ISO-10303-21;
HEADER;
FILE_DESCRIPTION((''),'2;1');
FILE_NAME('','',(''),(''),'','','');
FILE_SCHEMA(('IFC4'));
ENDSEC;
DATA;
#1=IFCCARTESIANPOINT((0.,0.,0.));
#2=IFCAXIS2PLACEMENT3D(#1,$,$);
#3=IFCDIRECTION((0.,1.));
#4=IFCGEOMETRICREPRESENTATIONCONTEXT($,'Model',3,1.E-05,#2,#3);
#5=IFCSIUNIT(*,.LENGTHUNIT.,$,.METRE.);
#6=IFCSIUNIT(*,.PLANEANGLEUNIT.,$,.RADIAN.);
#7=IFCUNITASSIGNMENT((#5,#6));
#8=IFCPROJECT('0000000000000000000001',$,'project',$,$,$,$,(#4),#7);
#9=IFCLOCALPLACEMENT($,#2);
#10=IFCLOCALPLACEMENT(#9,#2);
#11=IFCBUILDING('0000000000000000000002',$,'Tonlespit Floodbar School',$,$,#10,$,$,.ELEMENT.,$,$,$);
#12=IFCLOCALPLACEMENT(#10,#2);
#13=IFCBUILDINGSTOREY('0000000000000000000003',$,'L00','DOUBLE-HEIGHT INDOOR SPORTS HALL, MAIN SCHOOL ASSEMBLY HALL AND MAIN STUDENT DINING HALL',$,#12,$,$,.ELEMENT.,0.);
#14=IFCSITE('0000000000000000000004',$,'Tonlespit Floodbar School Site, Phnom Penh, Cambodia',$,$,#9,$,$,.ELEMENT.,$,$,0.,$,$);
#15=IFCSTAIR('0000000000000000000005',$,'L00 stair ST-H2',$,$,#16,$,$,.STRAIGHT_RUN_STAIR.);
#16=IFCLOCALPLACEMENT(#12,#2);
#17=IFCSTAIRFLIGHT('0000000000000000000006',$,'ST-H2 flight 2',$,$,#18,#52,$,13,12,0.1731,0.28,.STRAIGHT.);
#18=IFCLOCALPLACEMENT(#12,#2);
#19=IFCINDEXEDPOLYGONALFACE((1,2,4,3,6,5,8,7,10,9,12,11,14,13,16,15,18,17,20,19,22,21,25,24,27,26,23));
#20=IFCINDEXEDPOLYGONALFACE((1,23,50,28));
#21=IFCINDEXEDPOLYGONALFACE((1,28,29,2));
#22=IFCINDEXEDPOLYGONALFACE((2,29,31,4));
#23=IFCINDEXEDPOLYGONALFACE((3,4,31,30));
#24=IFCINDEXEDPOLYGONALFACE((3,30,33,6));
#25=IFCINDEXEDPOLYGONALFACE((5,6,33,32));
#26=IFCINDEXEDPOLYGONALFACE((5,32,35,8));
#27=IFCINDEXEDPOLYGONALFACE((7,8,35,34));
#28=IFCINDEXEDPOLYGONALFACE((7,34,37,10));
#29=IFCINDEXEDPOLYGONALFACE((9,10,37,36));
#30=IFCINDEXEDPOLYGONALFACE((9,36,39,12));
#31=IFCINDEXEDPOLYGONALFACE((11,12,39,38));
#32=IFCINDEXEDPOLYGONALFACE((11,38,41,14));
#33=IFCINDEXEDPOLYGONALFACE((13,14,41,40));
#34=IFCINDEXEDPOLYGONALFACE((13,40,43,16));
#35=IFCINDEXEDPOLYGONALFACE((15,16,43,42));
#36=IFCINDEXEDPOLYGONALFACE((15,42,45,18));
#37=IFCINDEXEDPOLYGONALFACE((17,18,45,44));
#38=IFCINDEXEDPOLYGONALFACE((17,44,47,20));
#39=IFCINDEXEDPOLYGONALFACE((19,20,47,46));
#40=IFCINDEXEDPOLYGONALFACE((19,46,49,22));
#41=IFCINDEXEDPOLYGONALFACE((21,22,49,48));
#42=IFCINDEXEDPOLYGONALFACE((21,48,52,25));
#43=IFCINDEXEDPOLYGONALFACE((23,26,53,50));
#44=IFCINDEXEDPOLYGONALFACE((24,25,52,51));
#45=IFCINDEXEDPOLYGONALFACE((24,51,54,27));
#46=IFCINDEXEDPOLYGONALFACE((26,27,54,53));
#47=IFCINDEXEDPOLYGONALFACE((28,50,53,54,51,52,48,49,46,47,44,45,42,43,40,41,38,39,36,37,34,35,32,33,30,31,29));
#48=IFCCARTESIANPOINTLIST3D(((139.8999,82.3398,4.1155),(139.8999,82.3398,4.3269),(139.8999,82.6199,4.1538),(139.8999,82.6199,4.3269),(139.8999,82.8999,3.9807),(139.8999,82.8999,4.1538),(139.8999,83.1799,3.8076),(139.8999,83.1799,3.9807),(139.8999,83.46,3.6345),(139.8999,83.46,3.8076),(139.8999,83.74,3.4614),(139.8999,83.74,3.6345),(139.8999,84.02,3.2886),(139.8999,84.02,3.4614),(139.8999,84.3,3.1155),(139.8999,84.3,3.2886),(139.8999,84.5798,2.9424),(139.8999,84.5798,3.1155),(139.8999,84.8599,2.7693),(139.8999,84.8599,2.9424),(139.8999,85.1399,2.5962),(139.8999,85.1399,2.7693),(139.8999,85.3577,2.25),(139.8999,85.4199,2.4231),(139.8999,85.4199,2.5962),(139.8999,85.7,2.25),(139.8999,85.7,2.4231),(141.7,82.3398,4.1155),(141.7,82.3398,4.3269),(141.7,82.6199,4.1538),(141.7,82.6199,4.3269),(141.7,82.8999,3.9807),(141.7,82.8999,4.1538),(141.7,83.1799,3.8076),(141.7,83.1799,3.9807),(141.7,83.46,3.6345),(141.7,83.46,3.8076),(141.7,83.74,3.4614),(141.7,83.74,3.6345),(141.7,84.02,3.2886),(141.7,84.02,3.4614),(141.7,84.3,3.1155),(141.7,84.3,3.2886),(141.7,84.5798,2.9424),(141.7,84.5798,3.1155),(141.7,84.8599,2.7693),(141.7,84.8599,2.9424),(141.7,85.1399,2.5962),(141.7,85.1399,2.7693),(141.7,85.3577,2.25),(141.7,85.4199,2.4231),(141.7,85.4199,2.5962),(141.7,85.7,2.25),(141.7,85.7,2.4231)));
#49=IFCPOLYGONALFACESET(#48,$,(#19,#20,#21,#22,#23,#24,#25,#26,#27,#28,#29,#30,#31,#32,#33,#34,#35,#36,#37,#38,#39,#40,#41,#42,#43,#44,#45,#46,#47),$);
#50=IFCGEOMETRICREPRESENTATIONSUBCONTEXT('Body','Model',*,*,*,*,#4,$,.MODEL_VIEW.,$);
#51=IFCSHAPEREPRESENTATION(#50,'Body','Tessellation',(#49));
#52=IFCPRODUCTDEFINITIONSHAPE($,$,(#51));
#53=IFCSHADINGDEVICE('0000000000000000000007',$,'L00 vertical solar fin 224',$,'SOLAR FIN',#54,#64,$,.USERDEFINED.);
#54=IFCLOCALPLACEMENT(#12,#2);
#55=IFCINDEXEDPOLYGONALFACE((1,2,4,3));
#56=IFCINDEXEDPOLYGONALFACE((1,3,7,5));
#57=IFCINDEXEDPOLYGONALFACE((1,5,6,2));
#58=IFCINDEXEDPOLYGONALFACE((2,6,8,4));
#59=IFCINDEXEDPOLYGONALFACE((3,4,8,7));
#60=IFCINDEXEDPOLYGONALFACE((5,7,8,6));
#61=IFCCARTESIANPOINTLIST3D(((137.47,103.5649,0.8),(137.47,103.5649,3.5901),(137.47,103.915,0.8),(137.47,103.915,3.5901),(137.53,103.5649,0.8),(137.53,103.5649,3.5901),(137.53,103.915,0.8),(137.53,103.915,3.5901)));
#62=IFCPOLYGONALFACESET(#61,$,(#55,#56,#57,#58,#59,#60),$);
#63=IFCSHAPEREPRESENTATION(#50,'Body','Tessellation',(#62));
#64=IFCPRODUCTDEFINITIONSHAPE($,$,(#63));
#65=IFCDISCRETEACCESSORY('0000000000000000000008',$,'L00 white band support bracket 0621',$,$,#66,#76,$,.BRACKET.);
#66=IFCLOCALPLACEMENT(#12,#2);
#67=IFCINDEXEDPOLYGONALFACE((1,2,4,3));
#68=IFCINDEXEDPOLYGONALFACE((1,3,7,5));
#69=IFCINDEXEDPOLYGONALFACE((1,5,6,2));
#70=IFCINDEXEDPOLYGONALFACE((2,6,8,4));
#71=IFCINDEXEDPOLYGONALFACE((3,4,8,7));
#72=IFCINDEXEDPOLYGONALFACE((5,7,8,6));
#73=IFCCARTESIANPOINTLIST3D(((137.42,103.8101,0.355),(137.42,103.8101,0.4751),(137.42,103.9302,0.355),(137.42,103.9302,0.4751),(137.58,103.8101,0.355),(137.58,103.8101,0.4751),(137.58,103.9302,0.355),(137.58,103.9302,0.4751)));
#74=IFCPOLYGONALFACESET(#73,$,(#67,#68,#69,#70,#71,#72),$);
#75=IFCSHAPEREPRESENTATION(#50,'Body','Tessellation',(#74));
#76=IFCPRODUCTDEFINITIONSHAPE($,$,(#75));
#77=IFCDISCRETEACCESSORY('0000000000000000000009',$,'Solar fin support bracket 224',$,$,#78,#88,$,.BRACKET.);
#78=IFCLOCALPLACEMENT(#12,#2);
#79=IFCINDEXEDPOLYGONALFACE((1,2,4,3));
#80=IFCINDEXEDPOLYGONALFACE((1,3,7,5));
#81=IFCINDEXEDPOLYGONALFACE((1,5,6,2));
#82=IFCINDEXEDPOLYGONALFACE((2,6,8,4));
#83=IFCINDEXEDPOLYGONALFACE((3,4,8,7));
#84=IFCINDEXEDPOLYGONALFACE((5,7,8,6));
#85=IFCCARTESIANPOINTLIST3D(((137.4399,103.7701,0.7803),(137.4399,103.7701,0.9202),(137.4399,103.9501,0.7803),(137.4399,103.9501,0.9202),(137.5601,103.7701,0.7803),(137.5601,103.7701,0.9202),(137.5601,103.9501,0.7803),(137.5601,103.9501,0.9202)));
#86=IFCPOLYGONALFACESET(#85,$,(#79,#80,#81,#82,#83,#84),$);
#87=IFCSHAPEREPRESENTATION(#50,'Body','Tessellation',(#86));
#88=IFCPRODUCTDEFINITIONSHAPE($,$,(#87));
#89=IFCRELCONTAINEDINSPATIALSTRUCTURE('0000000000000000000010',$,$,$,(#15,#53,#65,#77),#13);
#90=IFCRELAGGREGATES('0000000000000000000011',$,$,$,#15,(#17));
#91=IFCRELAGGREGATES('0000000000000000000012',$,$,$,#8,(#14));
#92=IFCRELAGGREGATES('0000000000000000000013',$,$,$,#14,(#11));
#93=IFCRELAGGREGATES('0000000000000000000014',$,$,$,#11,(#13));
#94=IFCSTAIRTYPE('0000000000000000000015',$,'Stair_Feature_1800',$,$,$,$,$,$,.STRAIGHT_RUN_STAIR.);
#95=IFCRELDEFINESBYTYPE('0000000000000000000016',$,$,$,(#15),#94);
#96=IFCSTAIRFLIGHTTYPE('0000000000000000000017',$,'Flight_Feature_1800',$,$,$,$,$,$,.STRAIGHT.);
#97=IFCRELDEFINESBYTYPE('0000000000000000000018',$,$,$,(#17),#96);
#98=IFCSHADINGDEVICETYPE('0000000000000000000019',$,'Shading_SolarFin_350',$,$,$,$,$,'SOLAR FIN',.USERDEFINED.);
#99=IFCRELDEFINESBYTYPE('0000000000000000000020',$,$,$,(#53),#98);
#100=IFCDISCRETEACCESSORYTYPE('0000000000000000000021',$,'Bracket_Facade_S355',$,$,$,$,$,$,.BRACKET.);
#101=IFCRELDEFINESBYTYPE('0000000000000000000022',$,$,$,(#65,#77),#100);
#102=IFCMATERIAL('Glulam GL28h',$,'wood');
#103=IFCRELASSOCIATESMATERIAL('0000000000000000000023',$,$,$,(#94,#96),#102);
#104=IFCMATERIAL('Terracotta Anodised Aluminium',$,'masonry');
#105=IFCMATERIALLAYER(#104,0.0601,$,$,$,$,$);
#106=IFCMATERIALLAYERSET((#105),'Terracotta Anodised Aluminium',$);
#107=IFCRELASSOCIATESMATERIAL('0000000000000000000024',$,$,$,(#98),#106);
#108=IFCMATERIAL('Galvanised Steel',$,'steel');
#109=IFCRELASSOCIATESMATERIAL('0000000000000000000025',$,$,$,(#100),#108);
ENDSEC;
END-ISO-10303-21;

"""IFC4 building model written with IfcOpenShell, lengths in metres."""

from ifc_helpers import new_model, si_unit, direction, frame, origin, origin_2d, place, context, subcontext, project, spatial, polyline, rectangle, outline, extrude, material, layer, layer_set, type_object, element, aggregate, save


model = new_model("IFC4")

# Units and contexts
model_context = context("Model", 3, precision=1e-05, world=origin(), true_north=direction((0.0, 1.0)))
body_context = subcontext(model_context, "Body", "Model", "MODEL_VIEW")
ifc_project = project(units=[si_unit("LENGTHUNIT", "METRE"), si_unit("PLANEANGLEUNIT", "RADIAN")], contexts=[model_context])

# Site, building, storey
site_placement = place(None, origin())
site = spatial("IfcSite", under=ifc_project, at=site_placement, Name="Tonlespit Floodbar School Site, Phnom Penh, Cambodia", CompositionType="ELEMENT", RefElevation=0.0)
building_placement = place(site_placement, origin())
building = spatial("IfcBuilding", under=site, at=building_placement, Name="Tonlespit Floodbar School", CompositionType="ELEMENT")
storey_placement = place(building_placement, origin())
storey = spatial("IfcBuildingStorey", under=building, at=storey_placement, Name="L00", Description="DOUBLE-HEIGHT INDOOR SPORTS HALL, MAIN SCHOOL ASSEMBLY HALL AND MAIN STUDENT DINING HALL", CompositionType="ELEMENT", Elevation=0.0)

# Stair, stair flight
ifc_material_1 = material(Name="Glulam GL28h", Category="wood")
stair_type = type_object("IfcStairType", Name="Stair_Feature_1800", PredefinedType="STRAIGHT_RUN_STAIR", material=ifc_material_1)
stair_flight_type = type_object("IfcStairFlightType", Name="Flight_Feature_1800", PredefinedType="STRAIGHT", material=ifc_material_1)
stair_1_placement = place(storey_placement, origin())
stair_1 = element("IfcStair", 1, at=stair_1_placement, inside=storey, type_object=stair_type, Name="L00 stair ST-H2", PredefinedType="STRAIGHT_RUN_STAIR")
stair_flight_1_placement = place(storey_placement, frame((140.8, 85.7, 2.25), z_axis=(0.0, 0.0, 1.0), x_axis=(0.0, -1.0, 0.0)))
stair_flight_1 = element("IfcStairFlight", 2, at=stair_flight_1_placement, type_object=stair_flight_type, Name="ST-H2 flight 2", NumberOfRisers=13, NumberOfTreads=12, PredefinedType="STRAIGHT", RiserHeight=0.1731, TreadLength=0.28, context=body_context, shape_type="SweptSolid", body=[
    extrude(outline(polyline([(0.0, 0.0), (0.0, 0.1731), (0.28, 0.1731), (0.28, 0.3462), (0.5601, 0.3462), (0.5601, 0.5193), (0.8401, 0.5193), (0.8401, 0.6924), (1.1201, 0.6924), (1.1201, 0.8655), (1.3999, 0.8655), (1.3999, 1.0386), (1.6799, 1.0386), (1.6799, 1.2114), (1.96, 1.2114), (1.96, 1.3845), (2.24, 1.3845), (2.24, 1.5576), (2.52, 1.5576), (2.52, 1.7307), (2.8, 1.7307), (2.8, 1.9038), (3.0801, 1.9038), (3.0801, 2.0769), (3.3601, 2.0769), (3.3601, 2.25), (3.3601, 1.8655), (0.3423, 0.0), (0.0, 0.0)])), frame((0.0, 0.8999, 0.0), z_axis=(0.0, -1.0, 0.0), x_axis=(1.0, 0.0, 0.0)), (0.0, 0.0, 1.0), 1.8),
])
aggregate(stair_1, [stair_flight_1])

# Shared definitions
ifc_material_2 = material(Name="Galvanised Steel", Category="steel")

# Shading device
ifc_material_3 = material(Name="Terracotta Anodised Aluminium", Category="masonry")
ifc_layer_1 = layer(ifc_material_3, 0.0601)
ifc_layer_set_1 = layer_set([ifc_layer_1], Name="Terracotta Anodised Aluminium")
shading_device_type = type_object("IfcShadingDeviceType", Name="Shading_SolarFin_350", ElementType="SOLAR FIN", PredefinedType="USERDEFINED", material=ifc_layer_set_1)
shading_device_placement = place(storey_placement, frame((137.5, 103.74, 0.8), z_axis=(0.0, 0.0, 1.0), x_axis=(-1.0, 0.0, 0.0)))
element("IfcShadingDevice", 3, at=shading_device_placement, inside=storey, type_object=shading_device_type, Name="L00 vertical solar fin 224", ObjectType="SOLAR FIN", PredefinedType="USERDEFINED", context=body_context, shape_type="SweptSolid", body=[
    extrude(rectangle(XDim=0.0601, YDim=0.3501, at=origin_2d()), origin(), (0.0, 0.0, 1.0), 2.79),
])

# Discrete accessories
discrete_accessory_type = type_object("IfcDiscreteAccessoryType", Name="Bracket_Facade_S355", PredefinedType="BRACKET", material=ifc_material_2)
discrete_accessory_1_placement = place(storey_placement, frame((137.5, 103.8701, 0.355), z_axis=(0.0, 0.0, 1.0), x_axis=(-1.0, 0.0, 0.0)))
element("IfcDiscreteAccessory", 4, at=discrete_accessory_1_placement, inside=storey, type_object=discrete_accessory_type, Name="L00 white band support bracket 0621", PredefinedType="BRACKET", context=body_context, shape_type="SweptSolid", body=[
    extrude(rectangle(XDim=0.1599, YDim=0.1201, at=origin_2d()), origin(), (0.0, 0.0, 1.0), 0.1201),
])
discrete_accessory_2_placement = place(storey_placement, frame((137.5, 103.8601, 0.7803), z_axis=(0.0, 0.0, 1.0), x_axis=(-1.0, 0.0, 0.0)))
element("IfcDiscreteAccessory", 5, at=discrete_accessory_2_placement, inside=storey, type_object=discrete_accessory_type, Name="Solar fin support bracket 224", PredefinedType="BRACKET", context=body_context, shape_type="SweptSolid", body=[
    extrude(rectangle(XDim=0.1201, YDim=0.1799, at=origin_2d()), origin(), (0.0, 0.0, 1.0), 0.1399),
])

save(model, "model.ifc")
